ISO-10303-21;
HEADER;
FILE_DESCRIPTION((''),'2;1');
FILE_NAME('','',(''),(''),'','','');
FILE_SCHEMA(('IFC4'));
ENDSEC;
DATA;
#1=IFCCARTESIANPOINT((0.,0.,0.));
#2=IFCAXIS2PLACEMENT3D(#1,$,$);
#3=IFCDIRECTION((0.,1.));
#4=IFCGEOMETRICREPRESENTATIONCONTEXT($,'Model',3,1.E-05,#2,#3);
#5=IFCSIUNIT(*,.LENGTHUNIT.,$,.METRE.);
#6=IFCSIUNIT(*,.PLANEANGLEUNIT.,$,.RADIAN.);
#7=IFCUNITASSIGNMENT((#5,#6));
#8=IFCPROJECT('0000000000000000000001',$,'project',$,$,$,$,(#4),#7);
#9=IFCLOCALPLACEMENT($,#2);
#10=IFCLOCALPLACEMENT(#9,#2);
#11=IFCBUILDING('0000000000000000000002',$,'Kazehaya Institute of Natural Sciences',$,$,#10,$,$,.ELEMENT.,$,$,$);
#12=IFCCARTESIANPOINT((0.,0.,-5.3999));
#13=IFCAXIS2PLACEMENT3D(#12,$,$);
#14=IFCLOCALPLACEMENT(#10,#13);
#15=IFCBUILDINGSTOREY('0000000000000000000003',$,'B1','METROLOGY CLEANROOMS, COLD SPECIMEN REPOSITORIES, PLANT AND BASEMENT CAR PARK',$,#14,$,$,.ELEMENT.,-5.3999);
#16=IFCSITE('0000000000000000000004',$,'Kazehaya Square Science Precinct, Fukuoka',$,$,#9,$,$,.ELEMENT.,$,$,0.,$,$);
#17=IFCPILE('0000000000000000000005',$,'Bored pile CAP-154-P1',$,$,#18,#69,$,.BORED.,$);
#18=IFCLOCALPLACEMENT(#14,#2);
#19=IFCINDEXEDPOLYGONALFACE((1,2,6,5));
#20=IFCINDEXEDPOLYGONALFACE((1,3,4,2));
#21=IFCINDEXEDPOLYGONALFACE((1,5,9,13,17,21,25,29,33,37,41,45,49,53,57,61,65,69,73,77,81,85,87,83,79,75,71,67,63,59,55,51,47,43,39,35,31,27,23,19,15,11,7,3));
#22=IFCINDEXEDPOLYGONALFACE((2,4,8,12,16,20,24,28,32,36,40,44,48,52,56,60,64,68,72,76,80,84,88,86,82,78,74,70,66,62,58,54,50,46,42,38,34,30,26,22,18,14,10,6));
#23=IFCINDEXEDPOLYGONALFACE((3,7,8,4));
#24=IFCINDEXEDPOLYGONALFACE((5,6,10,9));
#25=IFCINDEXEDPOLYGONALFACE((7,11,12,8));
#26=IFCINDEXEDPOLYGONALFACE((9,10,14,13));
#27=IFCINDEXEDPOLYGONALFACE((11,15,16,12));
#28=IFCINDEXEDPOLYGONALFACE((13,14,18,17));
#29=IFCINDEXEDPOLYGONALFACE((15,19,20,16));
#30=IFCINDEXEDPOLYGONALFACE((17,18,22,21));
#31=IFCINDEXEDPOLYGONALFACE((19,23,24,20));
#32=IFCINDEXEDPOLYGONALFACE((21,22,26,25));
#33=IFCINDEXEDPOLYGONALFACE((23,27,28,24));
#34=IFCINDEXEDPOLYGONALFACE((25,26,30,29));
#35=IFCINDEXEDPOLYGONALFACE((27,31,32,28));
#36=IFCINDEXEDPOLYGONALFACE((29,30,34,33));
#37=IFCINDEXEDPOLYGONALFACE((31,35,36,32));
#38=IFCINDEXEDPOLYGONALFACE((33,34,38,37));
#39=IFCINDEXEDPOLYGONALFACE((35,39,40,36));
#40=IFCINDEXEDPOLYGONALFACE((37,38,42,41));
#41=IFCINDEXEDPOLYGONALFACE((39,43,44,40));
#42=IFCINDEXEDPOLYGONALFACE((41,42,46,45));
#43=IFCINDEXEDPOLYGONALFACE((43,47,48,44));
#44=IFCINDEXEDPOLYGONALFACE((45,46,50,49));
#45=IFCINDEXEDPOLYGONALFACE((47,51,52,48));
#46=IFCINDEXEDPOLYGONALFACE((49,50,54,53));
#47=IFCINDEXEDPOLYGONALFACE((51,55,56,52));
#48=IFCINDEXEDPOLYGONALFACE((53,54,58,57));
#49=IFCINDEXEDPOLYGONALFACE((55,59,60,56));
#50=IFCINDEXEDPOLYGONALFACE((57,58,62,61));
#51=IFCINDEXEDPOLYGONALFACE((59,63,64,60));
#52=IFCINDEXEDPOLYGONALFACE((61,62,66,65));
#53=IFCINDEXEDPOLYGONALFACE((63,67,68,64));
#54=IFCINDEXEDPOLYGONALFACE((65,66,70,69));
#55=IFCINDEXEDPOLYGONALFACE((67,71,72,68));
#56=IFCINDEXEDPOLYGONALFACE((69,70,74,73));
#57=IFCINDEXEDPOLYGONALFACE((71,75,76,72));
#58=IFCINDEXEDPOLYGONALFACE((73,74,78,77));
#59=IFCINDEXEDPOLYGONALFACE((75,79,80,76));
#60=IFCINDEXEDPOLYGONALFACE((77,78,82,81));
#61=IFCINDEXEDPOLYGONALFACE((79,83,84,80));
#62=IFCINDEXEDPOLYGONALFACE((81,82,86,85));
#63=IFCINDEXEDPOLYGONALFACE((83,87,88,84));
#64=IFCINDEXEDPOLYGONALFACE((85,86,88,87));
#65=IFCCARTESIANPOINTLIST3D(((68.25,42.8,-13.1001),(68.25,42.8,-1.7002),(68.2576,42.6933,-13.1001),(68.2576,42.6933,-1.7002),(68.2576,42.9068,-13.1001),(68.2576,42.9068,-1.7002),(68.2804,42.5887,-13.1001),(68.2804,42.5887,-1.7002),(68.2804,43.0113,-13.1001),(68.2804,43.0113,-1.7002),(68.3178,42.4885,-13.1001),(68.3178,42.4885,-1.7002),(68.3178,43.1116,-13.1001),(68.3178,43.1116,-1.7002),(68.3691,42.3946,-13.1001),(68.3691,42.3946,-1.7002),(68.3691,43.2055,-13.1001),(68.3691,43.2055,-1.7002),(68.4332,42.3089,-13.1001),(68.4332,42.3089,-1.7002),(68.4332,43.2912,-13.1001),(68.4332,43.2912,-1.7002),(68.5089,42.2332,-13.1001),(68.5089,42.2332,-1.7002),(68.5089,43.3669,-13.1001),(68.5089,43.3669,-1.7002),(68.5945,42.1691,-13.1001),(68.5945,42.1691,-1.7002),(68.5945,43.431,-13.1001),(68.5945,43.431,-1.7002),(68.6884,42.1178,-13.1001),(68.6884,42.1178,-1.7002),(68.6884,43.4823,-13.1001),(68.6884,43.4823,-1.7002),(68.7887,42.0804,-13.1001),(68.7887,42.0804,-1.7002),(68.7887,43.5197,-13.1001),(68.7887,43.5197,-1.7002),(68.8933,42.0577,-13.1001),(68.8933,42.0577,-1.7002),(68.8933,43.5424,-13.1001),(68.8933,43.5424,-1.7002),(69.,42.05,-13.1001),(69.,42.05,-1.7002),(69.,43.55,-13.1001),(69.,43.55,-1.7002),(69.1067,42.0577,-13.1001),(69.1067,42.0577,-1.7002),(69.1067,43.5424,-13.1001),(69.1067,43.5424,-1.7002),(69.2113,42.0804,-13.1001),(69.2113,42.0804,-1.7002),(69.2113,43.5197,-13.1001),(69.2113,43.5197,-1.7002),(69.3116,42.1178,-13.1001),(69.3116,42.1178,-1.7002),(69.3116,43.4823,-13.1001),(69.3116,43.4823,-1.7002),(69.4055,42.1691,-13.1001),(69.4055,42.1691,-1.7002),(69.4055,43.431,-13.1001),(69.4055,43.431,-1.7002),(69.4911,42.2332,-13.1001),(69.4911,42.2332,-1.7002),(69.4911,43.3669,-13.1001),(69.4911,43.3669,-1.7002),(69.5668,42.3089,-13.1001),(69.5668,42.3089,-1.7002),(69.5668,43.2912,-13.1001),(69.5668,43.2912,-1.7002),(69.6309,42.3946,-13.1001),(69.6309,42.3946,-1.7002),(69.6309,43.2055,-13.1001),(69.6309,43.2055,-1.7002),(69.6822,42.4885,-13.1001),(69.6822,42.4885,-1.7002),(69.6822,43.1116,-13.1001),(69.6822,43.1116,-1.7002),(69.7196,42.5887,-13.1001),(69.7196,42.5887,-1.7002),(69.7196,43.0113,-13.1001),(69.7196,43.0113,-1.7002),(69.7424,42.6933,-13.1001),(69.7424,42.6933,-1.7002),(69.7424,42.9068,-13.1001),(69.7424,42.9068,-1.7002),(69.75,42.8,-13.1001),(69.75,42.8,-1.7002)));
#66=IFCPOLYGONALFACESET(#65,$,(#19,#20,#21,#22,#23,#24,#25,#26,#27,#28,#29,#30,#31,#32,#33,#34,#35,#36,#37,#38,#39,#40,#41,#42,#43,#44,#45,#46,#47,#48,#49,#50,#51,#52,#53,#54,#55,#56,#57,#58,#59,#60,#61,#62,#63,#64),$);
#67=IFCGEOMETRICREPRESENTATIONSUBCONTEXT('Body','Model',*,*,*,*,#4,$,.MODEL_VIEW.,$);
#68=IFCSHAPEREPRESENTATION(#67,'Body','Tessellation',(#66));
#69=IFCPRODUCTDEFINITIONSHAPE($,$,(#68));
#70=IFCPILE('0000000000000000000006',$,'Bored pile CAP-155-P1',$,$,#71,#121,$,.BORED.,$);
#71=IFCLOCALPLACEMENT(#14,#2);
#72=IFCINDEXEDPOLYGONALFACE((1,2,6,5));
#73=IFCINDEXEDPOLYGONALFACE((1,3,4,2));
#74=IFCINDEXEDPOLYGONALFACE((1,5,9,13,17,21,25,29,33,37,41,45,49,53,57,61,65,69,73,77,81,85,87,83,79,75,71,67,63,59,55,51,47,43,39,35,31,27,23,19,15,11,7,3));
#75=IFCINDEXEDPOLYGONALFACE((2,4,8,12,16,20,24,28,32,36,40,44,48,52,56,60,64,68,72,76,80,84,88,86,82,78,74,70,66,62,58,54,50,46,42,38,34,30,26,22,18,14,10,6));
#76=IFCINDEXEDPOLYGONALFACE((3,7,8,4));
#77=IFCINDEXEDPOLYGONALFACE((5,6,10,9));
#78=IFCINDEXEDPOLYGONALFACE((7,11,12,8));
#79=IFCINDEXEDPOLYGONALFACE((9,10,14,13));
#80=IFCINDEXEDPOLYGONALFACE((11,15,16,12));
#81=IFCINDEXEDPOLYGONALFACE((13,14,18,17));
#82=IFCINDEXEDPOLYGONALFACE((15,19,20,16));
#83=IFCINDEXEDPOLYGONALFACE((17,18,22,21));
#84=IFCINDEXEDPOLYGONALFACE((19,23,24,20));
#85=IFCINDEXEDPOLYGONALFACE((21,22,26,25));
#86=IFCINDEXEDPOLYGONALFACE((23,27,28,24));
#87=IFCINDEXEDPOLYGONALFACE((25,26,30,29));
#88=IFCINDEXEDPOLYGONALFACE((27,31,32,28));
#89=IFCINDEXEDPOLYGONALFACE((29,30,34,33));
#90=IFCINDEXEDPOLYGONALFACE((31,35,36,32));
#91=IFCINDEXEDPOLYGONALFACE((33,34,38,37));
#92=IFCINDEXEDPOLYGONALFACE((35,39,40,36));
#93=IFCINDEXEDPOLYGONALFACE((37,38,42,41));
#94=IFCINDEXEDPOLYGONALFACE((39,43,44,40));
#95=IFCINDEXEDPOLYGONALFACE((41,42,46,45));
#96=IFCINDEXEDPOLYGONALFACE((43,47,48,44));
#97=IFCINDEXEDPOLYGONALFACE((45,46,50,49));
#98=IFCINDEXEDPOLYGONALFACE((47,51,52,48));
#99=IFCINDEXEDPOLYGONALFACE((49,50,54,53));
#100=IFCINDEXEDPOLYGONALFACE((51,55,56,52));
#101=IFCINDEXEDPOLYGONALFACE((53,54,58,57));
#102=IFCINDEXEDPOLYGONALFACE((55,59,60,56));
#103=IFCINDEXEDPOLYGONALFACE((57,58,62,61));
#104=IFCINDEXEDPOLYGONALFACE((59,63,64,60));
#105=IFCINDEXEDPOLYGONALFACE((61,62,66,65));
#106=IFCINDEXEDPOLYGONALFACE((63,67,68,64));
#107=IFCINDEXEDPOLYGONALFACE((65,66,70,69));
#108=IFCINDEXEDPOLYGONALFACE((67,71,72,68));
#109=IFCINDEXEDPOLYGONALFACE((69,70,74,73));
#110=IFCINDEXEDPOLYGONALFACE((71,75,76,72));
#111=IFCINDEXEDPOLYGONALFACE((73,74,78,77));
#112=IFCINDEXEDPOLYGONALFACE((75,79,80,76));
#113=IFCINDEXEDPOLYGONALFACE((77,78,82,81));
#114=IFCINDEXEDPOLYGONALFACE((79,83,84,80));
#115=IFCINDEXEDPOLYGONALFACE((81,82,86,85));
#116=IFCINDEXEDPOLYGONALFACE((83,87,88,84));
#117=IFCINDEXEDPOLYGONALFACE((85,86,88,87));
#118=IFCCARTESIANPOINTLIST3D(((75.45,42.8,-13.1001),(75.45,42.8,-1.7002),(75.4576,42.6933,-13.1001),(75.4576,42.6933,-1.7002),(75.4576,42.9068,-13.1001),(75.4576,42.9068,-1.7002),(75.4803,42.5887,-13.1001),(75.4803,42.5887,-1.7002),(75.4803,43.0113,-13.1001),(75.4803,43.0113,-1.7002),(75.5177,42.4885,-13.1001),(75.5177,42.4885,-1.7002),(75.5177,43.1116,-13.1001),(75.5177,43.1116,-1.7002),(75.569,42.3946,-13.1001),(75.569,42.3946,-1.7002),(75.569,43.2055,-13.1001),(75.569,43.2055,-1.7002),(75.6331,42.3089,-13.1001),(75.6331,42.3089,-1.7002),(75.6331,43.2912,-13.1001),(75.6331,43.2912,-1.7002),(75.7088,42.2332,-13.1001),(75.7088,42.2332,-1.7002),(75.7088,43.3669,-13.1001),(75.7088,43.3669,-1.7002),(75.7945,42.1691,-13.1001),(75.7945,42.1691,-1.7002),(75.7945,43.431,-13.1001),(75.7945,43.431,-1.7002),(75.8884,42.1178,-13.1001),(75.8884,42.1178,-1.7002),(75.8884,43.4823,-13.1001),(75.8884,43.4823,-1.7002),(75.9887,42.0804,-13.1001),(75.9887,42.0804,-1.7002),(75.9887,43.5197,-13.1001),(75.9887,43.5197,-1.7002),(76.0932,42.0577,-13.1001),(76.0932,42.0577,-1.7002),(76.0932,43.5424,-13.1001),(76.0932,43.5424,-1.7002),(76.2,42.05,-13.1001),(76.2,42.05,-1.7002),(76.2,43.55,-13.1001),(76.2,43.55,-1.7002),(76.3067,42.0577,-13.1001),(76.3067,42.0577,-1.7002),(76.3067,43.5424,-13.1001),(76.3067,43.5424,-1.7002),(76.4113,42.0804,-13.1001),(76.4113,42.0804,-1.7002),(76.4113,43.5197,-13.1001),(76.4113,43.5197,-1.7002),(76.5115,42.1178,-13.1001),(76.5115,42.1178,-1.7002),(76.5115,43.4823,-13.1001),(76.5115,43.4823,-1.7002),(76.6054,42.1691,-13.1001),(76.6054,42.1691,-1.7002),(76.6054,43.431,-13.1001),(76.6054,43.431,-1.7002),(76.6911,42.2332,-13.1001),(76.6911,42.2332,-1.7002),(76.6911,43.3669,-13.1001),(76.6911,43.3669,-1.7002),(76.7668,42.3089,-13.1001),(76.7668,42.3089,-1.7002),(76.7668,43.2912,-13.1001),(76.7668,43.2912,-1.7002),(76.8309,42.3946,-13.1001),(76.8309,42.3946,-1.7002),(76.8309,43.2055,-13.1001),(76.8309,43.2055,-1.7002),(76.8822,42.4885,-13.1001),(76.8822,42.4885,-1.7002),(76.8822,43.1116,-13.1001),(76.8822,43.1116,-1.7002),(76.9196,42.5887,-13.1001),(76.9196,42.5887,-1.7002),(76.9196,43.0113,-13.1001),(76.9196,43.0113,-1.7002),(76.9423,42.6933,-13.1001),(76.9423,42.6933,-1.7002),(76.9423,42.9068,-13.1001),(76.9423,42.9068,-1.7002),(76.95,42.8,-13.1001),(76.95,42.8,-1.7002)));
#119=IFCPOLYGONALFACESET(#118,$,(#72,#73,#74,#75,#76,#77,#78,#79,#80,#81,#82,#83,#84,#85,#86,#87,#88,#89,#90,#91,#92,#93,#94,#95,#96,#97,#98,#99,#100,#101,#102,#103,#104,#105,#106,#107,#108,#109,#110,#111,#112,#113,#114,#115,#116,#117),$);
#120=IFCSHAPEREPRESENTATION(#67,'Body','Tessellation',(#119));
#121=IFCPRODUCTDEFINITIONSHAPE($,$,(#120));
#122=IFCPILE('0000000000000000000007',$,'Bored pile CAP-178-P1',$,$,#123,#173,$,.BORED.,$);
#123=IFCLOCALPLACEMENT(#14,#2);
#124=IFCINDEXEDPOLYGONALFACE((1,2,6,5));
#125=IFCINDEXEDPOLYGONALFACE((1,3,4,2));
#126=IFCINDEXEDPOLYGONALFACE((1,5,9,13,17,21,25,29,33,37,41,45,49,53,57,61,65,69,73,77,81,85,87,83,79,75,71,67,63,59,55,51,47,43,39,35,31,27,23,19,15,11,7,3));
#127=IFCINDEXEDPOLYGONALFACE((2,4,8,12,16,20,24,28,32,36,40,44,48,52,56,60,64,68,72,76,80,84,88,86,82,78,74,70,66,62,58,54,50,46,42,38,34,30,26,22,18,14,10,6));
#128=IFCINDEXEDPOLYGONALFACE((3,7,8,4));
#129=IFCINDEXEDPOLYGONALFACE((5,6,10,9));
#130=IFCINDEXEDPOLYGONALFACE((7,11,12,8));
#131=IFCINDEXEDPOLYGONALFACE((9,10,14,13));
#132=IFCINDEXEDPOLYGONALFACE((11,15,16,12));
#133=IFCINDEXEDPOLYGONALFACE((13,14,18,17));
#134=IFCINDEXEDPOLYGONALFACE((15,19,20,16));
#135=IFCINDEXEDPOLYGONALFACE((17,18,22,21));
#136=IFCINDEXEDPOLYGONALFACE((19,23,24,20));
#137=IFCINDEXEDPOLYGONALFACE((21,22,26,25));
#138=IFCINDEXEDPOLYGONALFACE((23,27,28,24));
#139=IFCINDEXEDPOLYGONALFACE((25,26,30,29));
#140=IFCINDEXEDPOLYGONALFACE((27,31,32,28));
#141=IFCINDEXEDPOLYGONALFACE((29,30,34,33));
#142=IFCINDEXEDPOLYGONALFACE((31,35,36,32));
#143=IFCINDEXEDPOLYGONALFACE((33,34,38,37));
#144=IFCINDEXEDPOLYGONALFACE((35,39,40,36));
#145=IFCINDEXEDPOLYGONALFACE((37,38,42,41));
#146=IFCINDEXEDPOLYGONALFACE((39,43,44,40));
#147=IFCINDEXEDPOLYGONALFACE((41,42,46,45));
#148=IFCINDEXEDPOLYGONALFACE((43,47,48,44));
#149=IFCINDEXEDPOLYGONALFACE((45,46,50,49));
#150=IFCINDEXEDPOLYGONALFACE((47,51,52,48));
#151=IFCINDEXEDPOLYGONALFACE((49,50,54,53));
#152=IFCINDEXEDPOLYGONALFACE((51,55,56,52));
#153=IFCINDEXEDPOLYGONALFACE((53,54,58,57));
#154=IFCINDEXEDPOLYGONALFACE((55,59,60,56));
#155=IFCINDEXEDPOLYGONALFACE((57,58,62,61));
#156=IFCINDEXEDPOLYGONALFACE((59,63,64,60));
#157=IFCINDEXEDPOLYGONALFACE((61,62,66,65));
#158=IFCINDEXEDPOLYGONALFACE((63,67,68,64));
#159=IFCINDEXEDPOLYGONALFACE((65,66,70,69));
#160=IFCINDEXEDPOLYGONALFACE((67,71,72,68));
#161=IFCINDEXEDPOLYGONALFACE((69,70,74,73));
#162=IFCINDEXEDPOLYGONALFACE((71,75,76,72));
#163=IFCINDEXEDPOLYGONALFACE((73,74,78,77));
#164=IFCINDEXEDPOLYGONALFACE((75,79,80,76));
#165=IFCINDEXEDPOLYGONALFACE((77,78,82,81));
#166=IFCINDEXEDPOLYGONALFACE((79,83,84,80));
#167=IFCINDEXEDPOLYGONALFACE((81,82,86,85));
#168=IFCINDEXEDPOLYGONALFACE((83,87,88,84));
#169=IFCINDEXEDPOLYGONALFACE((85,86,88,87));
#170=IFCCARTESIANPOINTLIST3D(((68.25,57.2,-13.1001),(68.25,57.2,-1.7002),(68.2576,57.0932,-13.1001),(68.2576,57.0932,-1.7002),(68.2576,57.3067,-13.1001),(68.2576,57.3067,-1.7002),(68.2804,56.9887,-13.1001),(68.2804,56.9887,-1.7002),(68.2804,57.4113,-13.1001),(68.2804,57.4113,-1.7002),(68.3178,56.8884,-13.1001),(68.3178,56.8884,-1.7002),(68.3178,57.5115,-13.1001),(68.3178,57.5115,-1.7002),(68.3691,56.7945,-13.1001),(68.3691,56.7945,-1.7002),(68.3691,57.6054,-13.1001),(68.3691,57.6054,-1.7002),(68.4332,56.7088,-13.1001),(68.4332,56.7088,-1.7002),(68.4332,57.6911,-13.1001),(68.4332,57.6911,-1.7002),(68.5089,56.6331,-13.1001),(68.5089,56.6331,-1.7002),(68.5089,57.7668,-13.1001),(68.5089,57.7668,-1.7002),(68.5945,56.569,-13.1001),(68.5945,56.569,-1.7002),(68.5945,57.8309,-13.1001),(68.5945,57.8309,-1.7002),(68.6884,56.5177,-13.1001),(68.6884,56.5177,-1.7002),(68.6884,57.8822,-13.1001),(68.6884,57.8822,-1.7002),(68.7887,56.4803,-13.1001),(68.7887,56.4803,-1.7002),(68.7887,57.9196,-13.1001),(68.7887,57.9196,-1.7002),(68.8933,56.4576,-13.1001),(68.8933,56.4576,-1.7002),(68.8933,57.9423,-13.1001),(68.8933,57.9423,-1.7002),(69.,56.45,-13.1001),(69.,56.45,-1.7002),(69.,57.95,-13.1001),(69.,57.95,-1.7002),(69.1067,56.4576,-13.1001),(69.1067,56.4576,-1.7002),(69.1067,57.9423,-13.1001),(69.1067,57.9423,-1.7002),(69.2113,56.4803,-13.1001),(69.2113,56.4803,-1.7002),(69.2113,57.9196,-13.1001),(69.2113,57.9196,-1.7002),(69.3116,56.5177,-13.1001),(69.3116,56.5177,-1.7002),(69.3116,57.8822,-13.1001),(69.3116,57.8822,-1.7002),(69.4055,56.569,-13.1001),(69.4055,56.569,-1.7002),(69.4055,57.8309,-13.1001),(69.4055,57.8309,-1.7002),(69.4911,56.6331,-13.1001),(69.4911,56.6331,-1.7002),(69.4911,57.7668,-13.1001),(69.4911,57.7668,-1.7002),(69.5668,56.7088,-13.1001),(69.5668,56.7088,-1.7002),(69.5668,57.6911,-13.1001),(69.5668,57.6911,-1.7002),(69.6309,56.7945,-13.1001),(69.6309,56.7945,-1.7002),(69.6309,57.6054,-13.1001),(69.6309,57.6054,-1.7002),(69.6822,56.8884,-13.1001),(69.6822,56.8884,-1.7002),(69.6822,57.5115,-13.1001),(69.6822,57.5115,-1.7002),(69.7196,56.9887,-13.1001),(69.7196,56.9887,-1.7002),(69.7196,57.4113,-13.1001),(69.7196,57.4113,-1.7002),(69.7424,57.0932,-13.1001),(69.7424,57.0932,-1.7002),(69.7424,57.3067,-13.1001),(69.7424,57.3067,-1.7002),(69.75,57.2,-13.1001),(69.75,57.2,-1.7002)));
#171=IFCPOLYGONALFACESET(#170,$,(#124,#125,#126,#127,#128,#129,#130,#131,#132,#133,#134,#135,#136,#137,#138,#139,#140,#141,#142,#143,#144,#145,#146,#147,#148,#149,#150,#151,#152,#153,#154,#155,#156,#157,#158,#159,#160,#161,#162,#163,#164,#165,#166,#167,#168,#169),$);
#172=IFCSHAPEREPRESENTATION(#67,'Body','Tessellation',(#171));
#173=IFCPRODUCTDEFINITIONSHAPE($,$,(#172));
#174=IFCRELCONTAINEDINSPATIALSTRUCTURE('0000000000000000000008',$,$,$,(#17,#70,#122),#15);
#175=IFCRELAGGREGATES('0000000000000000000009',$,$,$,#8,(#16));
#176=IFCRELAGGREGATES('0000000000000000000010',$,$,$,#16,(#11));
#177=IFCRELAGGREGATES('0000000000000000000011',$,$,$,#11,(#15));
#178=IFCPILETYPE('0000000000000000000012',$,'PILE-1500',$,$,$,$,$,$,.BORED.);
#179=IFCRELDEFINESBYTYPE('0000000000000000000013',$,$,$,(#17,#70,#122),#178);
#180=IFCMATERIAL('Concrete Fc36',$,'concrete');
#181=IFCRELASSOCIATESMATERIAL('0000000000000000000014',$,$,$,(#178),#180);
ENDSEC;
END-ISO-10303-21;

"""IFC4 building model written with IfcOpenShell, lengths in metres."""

from ifc_helpers import new_model, si_unit, direction, frame, origin, origin_2d, place, context, subcontext, project, spatial, circle, extrude, material, material_profile, profile_set, type_object, element, save


model = new_model("IFC4")

# Units and contexts
model_context = context("Model", 3, precision=1e-05, world=origin(), true_north=direction((0.0, 1.0)))
body_context = subcontext(model_context, "Body", "Model", "MODEL_VIEW")
ifc_project = project(units=[si_unit("LENGTHUNIT", "METRE"), si_unit("PLANEANGLEUNIT", "RADIAN")], contexts=[model_context])

# Site, building, storey
site_placement = place(None, origin())
site = spatial("IfcSite", under=ifc_project, at=site_placement, Name="Kazehaya Square Science Precinct, Fukuoka", CompositionType="ELEMENT", RefElevation=0.0)
building_placement = place(site_placement, origin())
building = spatial("IfcBuilding", under=site, at=building_placement, Name="Kazehaya Institute of Natural Sciences", CompositionType="ELEMENT")
storey_placement = place(building_placement, frame((0.0, 0.0, -5.3999)))
storey = spatial("IfcBuildingStorey", under=building, at=storey_placement, Name="B1", Description="METROLOGY CLEANROOMS, COLD SPECIMEN REPOSITORIES, PLANT AND BASEMENT CAR PARK", CompositionType="ELEMENT", Elevation=-5.3999)

# Shared definitions
ifc_material_1 = material(Name="Concrete Fc36", Category="concrete")

# Piles
ifc_material_profile_1 = material_profile(ifc_material_1, circle(Radius=0.75, at=origin_2d()), Name="PILE-1500")
ifc_profile_set_1 = profile_set([ifc_material_profile_1], Name="Concrete Fc36")
pile_type_1 = type_object("IfcPileType", Name="PILE-1500", PredefinedType="BORED", material=ifc_profile_set_1)
for number, where, z_axis, x_axis, name in (
    (1, (69.0, 42.8, -1.7002), (0.0, 0.0, -1.0), (1.0, 0.0, 0.0), "Bored pile CAP-154-P1"),
    (2, (76.2, 42.8, -1.7002), (0.0, 0.0, -1.0), (1.0, 0.0, 0.0), "Bored pile CAP-155-P1"),
    (3, (69.0, 57.2, -1.7002), (0.0, 0.0, -1.0), (1.0, 0.0, 0.0), "Bored pile CAP-178-P1"),
):
    element("IfcPile", number, at=place(storey_placement, frame(where, z_axis=z_axis, x_axis=x_axis)), inside=storey, type_object=pile_type_1, Name=name, PredefinedType="BORED", context=body_context, shape_type="SweptSolid", body=[
        extrude(circle(Radius=0.75, at=origin_2d()), origin(), (0.0, 0.0, 1.0), 11.3999),
    ])

save(model, "model.ifc")
